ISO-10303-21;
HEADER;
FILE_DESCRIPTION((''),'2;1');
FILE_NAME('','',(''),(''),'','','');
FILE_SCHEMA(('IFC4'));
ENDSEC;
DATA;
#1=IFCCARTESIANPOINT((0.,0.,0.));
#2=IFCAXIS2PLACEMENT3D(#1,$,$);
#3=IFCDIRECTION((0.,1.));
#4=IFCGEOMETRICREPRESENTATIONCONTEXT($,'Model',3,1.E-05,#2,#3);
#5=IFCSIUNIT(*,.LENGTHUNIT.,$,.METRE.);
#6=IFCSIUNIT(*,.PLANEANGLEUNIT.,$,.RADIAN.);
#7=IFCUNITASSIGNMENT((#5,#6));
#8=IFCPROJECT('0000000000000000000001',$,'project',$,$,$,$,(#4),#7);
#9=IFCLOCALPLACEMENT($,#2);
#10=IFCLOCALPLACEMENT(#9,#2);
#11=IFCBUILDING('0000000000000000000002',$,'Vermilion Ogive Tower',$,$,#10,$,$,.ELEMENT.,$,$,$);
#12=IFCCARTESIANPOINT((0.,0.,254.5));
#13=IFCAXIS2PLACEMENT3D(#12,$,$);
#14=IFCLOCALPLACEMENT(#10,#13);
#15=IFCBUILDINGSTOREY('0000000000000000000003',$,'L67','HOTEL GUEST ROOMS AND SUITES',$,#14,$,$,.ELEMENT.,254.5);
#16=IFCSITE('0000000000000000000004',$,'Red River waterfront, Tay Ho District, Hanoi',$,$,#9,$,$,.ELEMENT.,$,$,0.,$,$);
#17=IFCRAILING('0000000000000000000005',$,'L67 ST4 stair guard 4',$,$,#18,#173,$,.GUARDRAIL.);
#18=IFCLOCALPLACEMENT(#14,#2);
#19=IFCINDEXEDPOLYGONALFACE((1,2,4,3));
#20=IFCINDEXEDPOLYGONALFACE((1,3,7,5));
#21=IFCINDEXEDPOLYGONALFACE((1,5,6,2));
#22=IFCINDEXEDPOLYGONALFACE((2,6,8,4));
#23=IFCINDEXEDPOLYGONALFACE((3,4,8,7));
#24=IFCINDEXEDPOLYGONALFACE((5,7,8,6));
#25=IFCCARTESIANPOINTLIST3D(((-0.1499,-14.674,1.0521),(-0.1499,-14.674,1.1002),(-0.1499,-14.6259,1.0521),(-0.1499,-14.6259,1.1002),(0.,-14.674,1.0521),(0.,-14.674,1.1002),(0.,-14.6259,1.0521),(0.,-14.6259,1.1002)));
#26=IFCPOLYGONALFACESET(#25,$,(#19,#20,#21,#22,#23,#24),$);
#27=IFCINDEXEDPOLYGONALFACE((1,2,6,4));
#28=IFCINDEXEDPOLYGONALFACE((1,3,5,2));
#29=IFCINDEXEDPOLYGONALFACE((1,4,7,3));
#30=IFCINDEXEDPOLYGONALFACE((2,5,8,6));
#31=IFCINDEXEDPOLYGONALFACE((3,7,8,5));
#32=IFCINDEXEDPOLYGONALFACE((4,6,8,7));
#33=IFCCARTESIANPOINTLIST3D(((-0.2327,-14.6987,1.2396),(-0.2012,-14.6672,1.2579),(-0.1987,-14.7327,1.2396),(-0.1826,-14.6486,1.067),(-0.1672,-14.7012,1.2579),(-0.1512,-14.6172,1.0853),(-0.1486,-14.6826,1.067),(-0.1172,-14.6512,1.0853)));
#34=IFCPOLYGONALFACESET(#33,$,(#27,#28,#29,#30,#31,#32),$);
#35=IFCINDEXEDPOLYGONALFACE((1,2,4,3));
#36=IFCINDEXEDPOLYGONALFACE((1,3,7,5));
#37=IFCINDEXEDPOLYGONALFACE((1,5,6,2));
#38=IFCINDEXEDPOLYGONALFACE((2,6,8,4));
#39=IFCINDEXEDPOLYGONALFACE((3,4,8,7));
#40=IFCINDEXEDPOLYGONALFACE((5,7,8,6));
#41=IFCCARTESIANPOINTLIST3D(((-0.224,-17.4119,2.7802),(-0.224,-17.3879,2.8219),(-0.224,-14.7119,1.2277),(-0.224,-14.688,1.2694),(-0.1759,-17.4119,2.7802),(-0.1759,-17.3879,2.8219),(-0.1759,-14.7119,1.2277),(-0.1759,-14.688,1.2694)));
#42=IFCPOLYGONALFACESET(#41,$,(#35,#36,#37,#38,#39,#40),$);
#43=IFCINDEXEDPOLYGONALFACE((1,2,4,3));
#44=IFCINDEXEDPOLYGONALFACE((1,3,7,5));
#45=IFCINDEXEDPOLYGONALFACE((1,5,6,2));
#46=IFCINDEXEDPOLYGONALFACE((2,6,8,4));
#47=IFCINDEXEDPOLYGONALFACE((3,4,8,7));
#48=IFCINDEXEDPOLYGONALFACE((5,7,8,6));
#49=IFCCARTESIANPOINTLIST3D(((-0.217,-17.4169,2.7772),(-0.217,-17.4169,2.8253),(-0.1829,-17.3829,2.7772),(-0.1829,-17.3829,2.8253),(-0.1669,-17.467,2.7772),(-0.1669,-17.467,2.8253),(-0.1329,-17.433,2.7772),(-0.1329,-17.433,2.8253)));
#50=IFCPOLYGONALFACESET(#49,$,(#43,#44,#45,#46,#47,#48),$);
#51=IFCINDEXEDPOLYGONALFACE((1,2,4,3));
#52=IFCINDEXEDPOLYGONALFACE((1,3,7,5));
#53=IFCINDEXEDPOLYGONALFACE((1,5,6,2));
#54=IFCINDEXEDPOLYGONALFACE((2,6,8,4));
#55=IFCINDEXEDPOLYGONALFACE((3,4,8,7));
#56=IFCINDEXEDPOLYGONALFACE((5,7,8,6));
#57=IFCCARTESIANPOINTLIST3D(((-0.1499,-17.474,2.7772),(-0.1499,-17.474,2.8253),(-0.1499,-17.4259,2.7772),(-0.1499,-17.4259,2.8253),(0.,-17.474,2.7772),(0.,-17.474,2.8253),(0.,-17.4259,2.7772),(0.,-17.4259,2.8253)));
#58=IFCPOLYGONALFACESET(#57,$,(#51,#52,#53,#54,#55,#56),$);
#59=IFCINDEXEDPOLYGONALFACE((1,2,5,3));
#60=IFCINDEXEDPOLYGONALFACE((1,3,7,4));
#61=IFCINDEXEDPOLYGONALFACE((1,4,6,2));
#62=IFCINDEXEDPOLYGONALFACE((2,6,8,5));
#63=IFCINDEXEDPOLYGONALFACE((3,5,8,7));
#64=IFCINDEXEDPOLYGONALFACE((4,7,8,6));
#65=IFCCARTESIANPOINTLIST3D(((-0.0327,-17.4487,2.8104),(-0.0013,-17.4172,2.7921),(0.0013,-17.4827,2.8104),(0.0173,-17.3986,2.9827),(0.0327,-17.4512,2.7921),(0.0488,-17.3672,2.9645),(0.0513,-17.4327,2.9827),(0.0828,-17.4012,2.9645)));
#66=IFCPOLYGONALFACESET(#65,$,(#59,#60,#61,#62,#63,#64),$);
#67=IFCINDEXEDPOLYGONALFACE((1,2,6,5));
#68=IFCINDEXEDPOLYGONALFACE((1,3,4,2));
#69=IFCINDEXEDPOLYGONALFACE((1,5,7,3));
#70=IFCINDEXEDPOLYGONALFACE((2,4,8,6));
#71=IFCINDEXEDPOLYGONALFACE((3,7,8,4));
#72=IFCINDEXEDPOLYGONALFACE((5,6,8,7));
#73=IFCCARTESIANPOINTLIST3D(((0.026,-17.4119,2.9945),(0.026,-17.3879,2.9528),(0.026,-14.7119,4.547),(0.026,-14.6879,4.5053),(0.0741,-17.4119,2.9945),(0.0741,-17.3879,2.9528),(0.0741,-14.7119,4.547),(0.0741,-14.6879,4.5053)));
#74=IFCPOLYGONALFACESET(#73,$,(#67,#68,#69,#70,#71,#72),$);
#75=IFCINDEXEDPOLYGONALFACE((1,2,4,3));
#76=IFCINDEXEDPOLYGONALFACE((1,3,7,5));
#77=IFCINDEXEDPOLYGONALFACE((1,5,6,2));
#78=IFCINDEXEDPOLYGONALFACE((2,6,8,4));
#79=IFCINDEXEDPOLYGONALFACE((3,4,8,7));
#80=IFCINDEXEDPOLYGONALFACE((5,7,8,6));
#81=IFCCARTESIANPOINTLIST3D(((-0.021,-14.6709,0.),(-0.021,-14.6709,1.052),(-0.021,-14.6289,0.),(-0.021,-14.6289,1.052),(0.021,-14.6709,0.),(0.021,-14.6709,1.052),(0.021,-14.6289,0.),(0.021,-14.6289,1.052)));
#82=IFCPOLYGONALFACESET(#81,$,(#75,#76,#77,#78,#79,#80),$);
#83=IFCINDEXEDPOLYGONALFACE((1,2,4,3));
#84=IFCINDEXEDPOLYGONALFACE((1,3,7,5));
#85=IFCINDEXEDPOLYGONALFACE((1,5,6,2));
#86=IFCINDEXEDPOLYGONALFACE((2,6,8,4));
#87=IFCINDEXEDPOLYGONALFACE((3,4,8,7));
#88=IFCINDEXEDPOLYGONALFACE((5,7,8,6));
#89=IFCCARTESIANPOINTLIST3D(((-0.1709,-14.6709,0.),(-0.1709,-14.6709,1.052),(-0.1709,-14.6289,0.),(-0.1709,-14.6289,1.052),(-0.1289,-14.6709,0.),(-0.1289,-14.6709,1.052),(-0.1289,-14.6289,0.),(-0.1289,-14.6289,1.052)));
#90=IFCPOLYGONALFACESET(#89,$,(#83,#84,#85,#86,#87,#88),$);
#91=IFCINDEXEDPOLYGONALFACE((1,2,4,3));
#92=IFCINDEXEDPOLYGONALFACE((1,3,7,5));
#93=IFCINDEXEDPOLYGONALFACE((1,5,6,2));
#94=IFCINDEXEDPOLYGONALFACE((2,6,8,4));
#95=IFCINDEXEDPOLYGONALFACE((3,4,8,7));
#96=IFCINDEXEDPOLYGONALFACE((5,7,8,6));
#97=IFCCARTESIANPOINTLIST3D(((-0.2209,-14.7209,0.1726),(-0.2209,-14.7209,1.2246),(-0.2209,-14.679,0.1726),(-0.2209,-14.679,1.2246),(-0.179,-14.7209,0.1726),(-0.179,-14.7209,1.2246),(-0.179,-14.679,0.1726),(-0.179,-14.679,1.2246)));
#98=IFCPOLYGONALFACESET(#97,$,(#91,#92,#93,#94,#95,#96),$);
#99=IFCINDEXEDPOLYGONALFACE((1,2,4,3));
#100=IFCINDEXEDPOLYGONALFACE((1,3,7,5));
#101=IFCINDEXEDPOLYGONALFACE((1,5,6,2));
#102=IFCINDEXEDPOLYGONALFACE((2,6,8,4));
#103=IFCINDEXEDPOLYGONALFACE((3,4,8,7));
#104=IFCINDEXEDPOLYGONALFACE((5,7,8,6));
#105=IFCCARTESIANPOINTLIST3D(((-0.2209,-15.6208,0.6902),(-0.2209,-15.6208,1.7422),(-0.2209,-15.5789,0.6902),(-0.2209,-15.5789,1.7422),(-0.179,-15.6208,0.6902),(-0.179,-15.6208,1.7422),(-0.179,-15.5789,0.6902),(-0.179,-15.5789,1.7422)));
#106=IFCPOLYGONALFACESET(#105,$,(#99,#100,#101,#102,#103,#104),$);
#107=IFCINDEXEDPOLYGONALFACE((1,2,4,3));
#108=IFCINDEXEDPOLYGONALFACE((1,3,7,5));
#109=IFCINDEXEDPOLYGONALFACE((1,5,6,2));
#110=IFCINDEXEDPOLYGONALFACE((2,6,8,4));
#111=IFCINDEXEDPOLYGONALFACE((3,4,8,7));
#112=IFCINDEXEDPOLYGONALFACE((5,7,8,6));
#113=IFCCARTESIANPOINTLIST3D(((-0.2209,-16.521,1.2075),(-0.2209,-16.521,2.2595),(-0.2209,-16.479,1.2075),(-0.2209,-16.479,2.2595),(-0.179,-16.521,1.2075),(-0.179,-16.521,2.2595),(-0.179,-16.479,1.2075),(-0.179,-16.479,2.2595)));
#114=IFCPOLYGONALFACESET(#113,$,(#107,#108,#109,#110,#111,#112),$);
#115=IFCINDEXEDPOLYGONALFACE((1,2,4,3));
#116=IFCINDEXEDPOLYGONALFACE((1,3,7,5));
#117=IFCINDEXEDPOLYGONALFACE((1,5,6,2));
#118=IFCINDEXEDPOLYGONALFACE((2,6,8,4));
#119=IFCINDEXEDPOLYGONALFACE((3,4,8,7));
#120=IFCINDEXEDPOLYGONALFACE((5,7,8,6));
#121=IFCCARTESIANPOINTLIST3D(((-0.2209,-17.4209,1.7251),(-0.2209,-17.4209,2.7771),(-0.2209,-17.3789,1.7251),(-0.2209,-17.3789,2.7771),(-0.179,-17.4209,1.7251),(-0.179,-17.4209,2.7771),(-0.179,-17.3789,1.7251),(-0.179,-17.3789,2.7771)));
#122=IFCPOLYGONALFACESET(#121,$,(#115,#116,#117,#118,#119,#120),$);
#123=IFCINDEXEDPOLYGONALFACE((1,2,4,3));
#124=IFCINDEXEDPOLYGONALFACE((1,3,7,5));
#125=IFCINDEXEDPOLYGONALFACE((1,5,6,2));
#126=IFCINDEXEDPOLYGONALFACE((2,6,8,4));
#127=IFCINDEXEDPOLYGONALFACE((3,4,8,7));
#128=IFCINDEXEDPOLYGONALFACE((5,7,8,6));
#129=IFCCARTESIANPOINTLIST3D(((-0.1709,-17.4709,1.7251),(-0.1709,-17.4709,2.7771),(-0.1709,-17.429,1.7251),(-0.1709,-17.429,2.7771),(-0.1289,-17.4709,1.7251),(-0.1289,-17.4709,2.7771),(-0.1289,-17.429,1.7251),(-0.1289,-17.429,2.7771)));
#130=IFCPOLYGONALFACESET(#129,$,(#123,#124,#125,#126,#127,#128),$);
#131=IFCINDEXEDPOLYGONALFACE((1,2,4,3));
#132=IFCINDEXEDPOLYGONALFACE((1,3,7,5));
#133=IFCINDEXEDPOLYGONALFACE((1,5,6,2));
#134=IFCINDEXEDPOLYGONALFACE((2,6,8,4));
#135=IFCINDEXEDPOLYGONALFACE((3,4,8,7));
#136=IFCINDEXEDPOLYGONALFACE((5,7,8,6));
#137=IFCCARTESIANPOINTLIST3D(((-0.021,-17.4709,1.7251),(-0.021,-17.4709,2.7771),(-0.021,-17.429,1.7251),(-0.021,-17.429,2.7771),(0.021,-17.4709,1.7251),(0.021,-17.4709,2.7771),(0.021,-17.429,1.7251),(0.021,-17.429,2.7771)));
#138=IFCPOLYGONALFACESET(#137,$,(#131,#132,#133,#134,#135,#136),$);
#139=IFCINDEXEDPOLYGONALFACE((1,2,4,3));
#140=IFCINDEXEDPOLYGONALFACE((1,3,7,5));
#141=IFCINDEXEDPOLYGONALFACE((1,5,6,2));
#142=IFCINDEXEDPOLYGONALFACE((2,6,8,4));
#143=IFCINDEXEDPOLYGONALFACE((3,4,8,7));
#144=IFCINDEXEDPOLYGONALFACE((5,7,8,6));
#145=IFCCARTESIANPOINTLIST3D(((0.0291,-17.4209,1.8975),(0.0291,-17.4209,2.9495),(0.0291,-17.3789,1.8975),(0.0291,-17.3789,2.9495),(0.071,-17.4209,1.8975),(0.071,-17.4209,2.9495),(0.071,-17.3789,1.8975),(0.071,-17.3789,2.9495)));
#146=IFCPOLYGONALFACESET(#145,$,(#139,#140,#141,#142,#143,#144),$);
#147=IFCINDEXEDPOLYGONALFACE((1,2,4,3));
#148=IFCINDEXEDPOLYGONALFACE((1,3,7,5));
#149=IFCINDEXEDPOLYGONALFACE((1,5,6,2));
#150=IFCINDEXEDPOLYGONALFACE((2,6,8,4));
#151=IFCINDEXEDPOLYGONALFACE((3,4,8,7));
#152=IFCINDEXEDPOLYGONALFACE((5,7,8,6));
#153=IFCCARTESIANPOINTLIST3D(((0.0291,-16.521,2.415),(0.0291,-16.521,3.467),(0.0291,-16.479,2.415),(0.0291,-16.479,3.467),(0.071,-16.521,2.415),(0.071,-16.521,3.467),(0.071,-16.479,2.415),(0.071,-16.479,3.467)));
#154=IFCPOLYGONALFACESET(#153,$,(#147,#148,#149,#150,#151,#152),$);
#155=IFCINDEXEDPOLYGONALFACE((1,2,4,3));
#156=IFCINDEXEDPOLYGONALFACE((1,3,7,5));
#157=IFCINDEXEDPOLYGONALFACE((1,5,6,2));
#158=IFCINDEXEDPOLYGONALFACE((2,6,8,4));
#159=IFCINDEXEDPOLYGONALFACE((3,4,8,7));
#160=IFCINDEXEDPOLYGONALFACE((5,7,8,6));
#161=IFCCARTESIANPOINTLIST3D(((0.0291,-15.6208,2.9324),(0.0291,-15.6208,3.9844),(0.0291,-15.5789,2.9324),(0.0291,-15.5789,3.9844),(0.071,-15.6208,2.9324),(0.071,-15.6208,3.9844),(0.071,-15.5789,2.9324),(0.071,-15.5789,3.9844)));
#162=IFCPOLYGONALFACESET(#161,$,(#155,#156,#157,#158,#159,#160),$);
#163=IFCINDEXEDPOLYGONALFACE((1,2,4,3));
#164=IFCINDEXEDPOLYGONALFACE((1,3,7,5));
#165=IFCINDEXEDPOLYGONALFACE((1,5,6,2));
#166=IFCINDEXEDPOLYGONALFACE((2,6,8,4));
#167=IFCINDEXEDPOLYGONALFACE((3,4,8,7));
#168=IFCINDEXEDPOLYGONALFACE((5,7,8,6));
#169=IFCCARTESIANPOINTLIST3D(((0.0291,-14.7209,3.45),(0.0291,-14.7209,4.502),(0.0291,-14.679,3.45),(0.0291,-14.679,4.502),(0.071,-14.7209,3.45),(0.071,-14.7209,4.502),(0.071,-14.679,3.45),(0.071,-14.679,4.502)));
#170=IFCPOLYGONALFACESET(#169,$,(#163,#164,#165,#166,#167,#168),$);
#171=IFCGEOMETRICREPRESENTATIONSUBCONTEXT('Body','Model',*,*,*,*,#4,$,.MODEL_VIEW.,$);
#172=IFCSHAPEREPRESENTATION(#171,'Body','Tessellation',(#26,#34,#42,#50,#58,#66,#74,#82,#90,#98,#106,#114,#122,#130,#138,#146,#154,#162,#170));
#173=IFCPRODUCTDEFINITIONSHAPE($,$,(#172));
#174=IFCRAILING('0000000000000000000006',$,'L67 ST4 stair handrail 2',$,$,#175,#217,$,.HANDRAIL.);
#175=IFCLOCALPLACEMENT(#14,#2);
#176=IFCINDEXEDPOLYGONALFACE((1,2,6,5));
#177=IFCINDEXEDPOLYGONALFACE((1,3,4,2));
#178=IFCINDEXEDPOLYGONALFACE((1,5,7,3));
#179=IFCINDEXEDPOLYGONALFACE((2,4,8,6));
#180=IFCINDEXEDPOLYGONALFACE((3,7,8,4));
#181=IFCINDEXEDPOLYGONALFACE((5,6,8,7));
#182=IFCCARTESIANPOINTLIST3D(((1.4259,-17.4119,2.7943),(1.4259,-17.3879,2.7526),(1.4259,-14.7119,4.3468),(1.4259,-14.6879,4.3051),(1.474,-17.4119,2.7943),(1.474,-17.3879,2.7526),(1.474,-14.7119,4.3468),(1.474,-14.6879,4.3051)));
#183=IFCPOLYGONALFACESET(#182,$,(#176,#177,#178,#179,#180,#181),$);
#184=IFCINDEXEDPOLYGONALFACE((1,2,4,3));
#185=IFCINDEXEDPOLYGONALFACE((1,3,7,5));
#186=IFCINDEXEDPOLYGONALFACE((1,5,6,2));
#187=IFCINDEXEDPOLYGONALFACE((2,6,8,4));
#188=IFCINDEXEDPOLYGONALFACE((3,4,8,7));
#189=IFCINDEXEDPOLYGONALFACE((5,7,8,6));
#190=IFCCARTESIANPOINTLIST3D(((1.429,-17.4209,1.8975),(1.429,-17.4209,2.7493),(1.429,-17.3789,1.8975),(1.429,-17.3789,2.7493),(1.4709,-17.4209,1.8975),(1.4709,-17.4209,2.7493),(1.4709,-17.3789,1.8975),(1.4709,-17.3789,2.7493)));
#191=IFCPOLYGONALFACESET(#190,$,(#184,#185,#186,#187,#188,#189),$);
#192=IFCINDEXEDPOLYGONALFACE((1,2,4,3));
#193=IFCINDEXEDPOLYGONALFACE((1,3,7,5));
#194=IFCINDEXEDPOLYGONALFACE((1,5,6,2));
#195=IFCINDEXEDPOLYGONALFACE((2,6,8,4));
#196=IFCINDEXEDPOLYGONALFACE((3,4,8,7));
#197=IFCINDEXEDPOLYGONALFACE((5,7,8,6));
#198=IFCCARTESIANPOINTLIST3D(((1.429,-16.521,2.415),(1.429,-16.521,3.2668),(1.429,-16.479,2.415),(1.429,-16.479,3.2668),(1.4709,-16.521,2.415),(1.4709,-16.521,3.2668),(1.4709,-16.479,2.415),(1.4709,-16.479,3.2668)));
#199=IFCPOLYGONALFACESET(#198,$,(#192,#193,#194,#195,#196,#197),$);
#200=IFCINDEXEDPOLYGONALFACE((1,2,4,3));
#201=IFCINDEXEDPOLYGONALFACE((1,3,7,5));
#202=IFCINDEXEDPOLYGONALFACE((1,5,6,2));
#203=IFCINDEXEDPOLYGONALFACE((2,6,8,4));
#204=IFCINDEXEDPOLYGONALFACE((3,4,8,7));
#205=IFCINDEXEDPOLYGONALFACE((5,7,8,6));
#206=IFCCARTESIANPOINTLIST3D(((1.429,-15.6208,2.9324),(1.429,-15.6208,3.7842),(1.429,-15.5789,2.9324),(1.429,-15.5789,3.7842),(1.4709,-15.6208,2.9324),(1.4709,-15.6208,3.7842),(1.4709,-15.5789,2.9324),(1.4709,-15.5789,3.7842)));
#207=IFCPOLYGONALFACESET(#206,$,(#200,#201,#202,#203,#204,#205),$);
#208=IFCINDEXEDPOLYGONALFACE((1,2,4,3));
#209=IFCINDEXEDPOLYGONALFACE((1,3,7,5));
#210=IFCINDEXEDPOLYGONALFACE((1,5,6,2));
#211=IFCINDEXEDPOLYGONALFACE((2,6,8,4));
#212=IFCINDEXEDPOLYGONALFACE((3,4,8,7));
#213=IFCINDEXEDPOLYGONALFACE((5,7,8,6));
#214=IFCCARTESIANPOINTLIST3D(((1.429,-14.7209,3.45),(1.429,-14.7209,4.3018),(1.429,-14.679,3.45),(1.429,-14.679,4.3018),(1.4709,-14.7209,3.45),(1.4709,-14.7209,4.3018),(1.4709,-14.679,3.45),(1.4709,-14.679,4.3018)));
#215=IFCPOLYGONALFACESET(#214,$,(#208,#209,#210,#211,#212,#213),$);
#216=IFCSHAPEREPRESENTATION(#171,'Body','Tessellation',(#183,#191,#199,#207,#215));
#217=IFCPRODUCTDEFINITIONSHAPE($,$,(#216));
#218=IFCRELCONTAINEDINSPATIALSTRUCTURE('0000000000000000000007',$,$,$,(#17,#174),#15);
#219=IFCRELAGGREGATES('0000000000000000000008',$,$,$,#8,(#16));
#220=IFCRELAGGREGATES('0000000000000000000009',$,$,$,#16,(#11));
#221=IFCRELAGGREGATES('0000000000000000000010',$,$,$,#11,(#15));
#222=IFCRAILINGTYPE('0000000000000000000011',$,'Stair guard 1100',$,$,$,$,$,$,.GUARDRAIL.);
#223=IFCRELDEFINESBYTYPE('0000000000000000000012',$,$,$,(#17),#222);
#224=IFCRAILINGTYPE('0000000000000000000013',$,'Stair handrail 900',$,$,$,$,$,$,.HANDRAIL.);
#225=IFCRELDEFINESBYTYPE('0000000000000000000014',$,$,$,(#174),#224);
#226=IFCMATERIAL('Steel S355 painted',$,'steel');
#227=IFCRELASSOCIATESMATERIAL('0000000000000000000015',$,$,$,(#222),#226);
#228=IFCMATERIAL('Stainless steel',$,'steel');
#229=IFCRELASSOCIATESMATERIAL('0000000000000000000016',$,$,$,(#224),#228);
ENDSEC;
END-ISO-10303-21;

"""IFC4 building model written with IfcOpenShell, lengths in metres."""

from ifc_helpers import new_model, si_unit, direction, frame, origin, origin_2d, place, context, subcontext, project, spatial, rectangle, extrude, material, type_object, element, save


model = new_model("IFC4")

# Units and contexts
model_context = context("Model", 3, precision=1e-05, world=origin(), true_north=direction((0.0, 1.0)))
body_context = subcontext(model_context, "Body", "Model", "MODEL_VIEW")
ifc_project = project(units=[si_unit("LENGTHUNIT", "METRE"), si_unit("PLANEANGLEUNIT", "RADIAN")], contexts=[model_context])

# Site, building, storey
site_placement = place(None, origin())
site = spatial("IfcSite", under=ifc_project, at=site_placement, Name="Red River waterfront, Tay Ho District, Hanoi", CompositionType="ELEMENT", RefElevation=0.0)
building_placement = place(site_placement, origin())
building = spatial("IfcBuilding", under=site, at=building_placement, Name="Vermilion Ogive Tower", CompositionType="ELEMENT")
storey_placement = place(building_placement, frame((0.0, 0.0, 254.5)))
storey = spatial("IfcBuildingStorey", under=building, at=storey_placement, Name="L67", Description="HOTEL GUEST ROOMS AND SUITES", CompositionType="ELEMENT", Elevation=254.5)

# Railings
ifc_material_1 = material(Name="Steel S355 painted", Category="steel")
railing_type_1 = type_object("IfcRailingType", Name="Stair guard 1100", PredefinedType="GUARDRAIL", material=ifc_material_1)
railing_1_placement = place(storey_placement, frame((0.0, -14.6499, 0.0)))
element("IfcRailing", 1, at=railing_1_placement, inside=storey, type_object=railing_type_1, Name="L67 ST4 stair guard 4", PredefinedType="GUARDRAIL", context=body_context, shape_type="SweptSolid", body=[
    extrude(rectangle(XDim=0.0481, YDim=0.0481, at=origin_2d()), frame((0.0, 0.0, 1.0762), z_axis=(-1.0, 0.0, 0.0), x_axis=(0.0, -1.0, 0.0)), (0.0, 0.0, 1.0), 0.1499),
    extrude(rectangle(XDim=0.0481, YDim=0.0481, at=origin_2d()), frame((-0.1499, 0.0, 1.0762), z_axis=(-0.268278, -0.268278, 0.925232), x_axis=(0.707107, -0.707107, 0.0)), (0.0, 0.0, 1.0), 0.1865),
    extrude(rectangle(XDim=0.0481, YDim=0.0481, at=origin_2d()), frame((-0.2, -0.05, 1.2485), z_axis=(0.0, -0.866904, 0.498476), x_axis=(1.0, 0.0, 0.0)), (0.0, 0.0, 1.0), 3.1145),
    extrude(rectangle(XDim=0.0481, YDim=0.0481, at=origin_2d()), frame((-0.2, -2.75, 2.8013), z_axis=(0.707107, -0.707107, 0.0), x_axis=(0.707107, 0.707107, 0.0)), (0.0, 0.0, 1.0), 0.0708),
    extrude(rectangle(XDim=0.0481, YDim=0.0481, at=origin_2d()), frame((-0.1499, -2.8, 2.8013), z_axis=(1.0, 0.0, 0.0), x_axis=(0.0, 1.0, 0.0)), (0.0, 0.0, 1.0), 0.1499),
    extrude(rectangle(XDim=0.0481, YDim=0.0481, at=origin_2d()), frame((0.0, -2.8, 2.8013), z_axis=(0.268603, 0.268603, 0.925043), x_axis=(-0.707107, 0.707107, 0.0)), (0.0, 0.0, 1.0), 0.1863),
    extrude(rectangle(XDim=0.0481, YDim=0.0481, at=origin_2d()), frame((0.05, -2.75, 2.9736), z_axis=(0.0, 0.866904, 0.498476), x_axis=(-1.0, 0.0, 0.0)), (0.0, 0.0, 1.0), 3.1145),
    extrude(rectangle(XDim=0.042, YDim=0.042, at=origin_2d()), origin(), (0.0, 0.0, 1.0), 1.052),
    extrude(rectangle(XDim=0.042, YDim=0.042, at=origin_2d()), frame((-0.1499, 0.0, 0.0)), (0.0, 0.0, 1.0), 1.052),
    extrude(rectangle(XDim=0.042, YDim=0.042, at=origin_2d()), frame((-0.2, -0.05, 0.1726)), (0.0, 0.0, 1.0), 1.052),
    extrude(rectangle(XDim=0.042, YDim=0.042, at=origin_2d()), frame((-0.2, -0.95, 0.6902)), (0.0, 0.0, 1.0), 1.052),
    extrude(rectangle(XDim=0.042, YDim=0.042, at=origin_2d()), frame((-0.2, -1.8501, 1.2075)), (0.0, 0.0, 1.0), 1.052),
    extrude(rectangle(XDim=0.042, YDim=0.042, at=origin_2d()), frame((-0.2, -2.75, 1.7251)), (0.0, 0.0, 1.0), 1.052),
    extrude(rectangle(XDim=0.042, YDim=0.042, at=origin_2d()), frame((-0.1499, -2.8, 1.7251)), (0.0, 0.0, 1.0), 1.052),
    extrude(rectangle(XDim=0.042, YDim=0.042, at=origin_2d()), frame((0.0, -2.8, 1.7251)), (0.0, 0.0, 1.0), 1.052),
    extrude(rectangle(XDim=0.042, YDim=0.042, at=origin_2d()), frame((0.05, -2.75, 1.8975)), (0.0, 0.0, 1.0), 1.052),
    extrude(rectangle(XDim=0.042, YDim=0.042, at=origin_2d()), frame((0.05, -1.8501, 2.415)), (0.0, 0.0, 1.0), 1.052),
    extrude(rectangle(XDim=0.042, YDim=0.042, at=origin_2d()), frame((0.05, -0.95, 2.9324)), (0.0, 0.0, 1.0), 1.052),
    extrude(rectangle(XDim=0.042, YDim=0.042, at=origin_2d()), frame((0.05, -0.05, 3.45)), (0.0, 0.0, 1.0), 1.052),
])
ifc_material_2 = material(Name="Stainless steel", Category="steel")
railing_type_2 = type_object("IfcRailingType", Name="Stair handrail 900", PredefinedType="HANDRAIL", material=ifc_material_2)
railing_2_placement = place(storey_placement, frame((1.45, -17.3999, 1.8975)))
element("IfcRailing", 2, at=railing_2_placement, inside=storey, type_object=railing_type_2, Name="L67 ST4 stair handrail 2", PredefinedType="HANDRAIL", context=body_context, shape_type="SweptSolid", body=[
    extrude(rectangle(XDim=0.0481, YDim=0.0481, at=origin_2d()), frame((0.0, 0.0, 0.876), z_axis=(0.0, 0.866904, 0.498476), x_axis=(-1.0, 0.0, 0.0)), (0.0, 0.0, 1.0), 3.1145),
    extrude(rectangle(XDim=0.042, YDim=0.042, at=origin_2d()), origin(), (0.0, 0.0, 1.0), 0.8518),
    extrude(rectangle(XDim=0.042, YDim=0.042, at=origin_2d()), frame((0.0, 0.8999, 0.5176)), (0.0, 0.0, 1.0), 0.8518),
    extrude(rectangle(XDim=0.042, YDim=0.042, at=origin_2d()), frame((0.0, 1.8, 1.0349)), (0.0, 0.0, 1.0), 0.8518),
    extrude(rectangle(XDim=0.042, YDim=0.042, at=origin_2d()), frame((0.0, 2.7, 1.5525)), (0.0, 0.0, 1.0), 0.8518),
])

save(model, "model.ifc")
